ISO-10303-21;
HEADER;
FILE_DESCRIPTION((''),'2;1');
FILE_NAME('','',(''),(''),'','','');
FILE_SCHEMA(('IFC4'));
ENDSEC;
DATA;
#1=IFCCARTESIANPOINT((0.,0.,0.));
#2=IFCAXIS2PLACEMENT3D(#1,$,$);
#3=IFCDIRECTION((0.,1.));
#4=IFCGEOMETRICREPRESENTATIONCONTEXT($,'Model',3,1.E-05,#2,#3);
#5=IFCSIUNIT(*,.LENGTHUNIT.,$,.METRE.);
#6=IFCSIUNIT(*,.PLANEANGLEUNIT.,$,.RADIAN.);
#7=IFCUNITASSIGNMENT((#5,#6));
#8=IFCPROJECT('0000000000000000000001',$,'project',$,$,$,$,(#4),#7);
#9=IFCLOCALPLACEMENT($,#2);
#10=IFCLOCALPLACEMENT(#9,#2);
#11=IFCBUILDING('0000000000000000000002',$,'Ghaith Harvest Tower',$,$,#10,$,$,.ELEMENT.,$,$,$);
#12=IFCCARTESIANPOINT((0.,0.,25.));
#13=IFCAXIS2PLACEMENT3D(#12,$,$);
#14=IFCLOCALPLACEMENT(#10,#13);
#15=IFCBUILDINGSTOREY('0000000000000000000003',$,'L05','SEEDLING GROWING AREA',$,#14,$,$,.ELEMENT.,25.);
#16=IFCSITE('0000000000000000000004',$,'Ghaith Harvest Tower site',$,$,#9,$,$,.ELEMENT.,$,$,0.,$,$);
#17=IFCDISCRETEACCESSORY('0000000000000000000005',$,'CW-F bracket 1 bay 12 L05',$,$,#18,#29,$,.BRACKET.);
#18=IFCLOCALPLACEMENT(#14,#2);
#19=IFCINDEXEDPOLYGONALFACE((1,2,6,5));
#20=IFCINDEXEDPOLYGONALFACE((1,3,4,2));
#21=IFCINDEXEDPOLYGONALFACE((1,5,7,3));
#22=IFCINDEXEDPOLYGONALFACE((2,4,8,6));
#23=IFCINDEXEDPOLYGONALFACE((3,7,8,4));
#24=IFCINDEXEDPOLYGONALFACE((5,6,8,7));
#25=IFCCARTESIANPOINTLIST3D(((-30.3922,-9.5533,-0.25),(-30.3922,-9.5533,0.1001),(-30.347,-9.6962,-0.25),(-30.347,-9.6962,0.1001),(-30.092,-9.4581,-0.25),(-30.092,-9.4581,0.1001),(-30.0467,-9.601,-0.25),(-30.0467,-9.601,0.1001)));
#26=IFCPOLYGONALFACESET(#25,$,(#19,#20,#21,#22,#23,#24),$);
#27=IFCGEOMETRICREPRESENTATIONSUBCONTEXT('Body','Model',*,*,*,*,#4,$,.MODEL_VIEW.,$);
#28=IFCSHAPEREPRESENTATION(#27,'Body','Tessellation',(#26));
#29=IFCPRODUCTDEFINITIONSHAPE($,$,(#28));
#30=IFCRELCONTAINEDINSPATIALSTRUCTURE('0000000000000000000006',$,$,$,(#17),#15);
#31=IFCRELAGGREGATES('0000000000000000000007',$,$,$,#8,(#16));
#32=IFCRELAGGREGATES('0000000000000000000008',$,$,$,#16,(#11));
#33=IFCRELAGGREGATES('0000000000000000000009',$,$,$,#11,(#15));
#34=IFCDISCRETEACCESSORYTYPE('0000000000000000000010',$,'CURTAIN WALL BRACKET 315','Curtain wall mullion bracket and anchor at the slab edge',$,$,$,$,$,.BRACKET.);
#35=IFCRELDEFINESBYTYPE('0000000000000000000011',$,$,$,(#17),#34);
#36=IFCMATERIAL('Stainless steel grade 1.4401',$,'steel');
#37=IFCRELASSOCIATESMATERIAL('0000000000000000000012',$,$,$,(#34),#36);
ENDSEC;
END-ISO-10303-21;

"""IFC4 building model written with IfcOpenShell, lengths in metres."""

from ifc_helpers import new_model, si_unit, direction, frame, origin, origin_2d, place, context, subcontext, project, spatial, rectangle, extrude, material, type_object, element, save


model = new_model("IFC4")

# Units and contexts
model_context = context("Model", 3, precision=1e-05, world=origin(), true_north=direction((0.0, 1.0)))
body_context = subcontext(model_context, "Body", "Model", "MODEL_VIEW")
ifc_project = project(units=[si_unit("LENGTHUNIT", "METRE"), si_unit("PLANEANGLEUNIT", "RADIAN")], contexts=[model_context])

# Site, building, storey
site_placement = place(None, origin())
site = spatial("IfcSite", under=ifc_project, at=site_placement, Name="Ghaith Harvest Tower site", CompositionType="ELEMENT", RefElevation=0.0)
building_placement = place(site_placement, origin())
building = spatial("IfcBuilding", under=site, at=building_placement, Name="Ghaith Harvest Tower", CompositionType="ELEMENT")
storey_placement = place(building_placement, frame((0.0, 0.0, 25.0)))
storey = spatial("IfcBuildingStorey", under=building, at=storey_placement, Name="L05", Description="SEEDLING GROWING AREA", CompositionType="ELEMENT", Elevation=25.0)

# Discrete accessory
ifc_material_1 = material(Name="Stainless steel grade 1.4401", Category="steel")
discrete_accessory_type = type_object("IfcDiscreteAccessoryType", Name="CURTAIN WALL BRACKET 315", Description="Curtain wall mullion bracket and anchor at the slab edge", PredefinedType="BRACKET", material=ifc_material_1)
discrete_accessory_placement = place(storey_placement, frame((-30.2195, -9.5771, -0.25), z_axis=(0.0, 0.0, 1.0), x_axis=(-0.953273, -0.30211, 0.0)))
element("IfcDiscreteAccessory", 1, at=discrete_accessory_placement, inside=storey, type_object=discrete_accessory_type, Name="CW-F bracket 1 bay 12 L05", PredefinedType="BRACKET", context=body_context, shape_type="SweptSolid", body=[
    extrude(rectangle(XDim=0.3149, YDim=0.1499, at=origin_2d()), origin(), (0.0, 0.0, 1.0), 0.3501),
])

save(model, "model.ifc")
